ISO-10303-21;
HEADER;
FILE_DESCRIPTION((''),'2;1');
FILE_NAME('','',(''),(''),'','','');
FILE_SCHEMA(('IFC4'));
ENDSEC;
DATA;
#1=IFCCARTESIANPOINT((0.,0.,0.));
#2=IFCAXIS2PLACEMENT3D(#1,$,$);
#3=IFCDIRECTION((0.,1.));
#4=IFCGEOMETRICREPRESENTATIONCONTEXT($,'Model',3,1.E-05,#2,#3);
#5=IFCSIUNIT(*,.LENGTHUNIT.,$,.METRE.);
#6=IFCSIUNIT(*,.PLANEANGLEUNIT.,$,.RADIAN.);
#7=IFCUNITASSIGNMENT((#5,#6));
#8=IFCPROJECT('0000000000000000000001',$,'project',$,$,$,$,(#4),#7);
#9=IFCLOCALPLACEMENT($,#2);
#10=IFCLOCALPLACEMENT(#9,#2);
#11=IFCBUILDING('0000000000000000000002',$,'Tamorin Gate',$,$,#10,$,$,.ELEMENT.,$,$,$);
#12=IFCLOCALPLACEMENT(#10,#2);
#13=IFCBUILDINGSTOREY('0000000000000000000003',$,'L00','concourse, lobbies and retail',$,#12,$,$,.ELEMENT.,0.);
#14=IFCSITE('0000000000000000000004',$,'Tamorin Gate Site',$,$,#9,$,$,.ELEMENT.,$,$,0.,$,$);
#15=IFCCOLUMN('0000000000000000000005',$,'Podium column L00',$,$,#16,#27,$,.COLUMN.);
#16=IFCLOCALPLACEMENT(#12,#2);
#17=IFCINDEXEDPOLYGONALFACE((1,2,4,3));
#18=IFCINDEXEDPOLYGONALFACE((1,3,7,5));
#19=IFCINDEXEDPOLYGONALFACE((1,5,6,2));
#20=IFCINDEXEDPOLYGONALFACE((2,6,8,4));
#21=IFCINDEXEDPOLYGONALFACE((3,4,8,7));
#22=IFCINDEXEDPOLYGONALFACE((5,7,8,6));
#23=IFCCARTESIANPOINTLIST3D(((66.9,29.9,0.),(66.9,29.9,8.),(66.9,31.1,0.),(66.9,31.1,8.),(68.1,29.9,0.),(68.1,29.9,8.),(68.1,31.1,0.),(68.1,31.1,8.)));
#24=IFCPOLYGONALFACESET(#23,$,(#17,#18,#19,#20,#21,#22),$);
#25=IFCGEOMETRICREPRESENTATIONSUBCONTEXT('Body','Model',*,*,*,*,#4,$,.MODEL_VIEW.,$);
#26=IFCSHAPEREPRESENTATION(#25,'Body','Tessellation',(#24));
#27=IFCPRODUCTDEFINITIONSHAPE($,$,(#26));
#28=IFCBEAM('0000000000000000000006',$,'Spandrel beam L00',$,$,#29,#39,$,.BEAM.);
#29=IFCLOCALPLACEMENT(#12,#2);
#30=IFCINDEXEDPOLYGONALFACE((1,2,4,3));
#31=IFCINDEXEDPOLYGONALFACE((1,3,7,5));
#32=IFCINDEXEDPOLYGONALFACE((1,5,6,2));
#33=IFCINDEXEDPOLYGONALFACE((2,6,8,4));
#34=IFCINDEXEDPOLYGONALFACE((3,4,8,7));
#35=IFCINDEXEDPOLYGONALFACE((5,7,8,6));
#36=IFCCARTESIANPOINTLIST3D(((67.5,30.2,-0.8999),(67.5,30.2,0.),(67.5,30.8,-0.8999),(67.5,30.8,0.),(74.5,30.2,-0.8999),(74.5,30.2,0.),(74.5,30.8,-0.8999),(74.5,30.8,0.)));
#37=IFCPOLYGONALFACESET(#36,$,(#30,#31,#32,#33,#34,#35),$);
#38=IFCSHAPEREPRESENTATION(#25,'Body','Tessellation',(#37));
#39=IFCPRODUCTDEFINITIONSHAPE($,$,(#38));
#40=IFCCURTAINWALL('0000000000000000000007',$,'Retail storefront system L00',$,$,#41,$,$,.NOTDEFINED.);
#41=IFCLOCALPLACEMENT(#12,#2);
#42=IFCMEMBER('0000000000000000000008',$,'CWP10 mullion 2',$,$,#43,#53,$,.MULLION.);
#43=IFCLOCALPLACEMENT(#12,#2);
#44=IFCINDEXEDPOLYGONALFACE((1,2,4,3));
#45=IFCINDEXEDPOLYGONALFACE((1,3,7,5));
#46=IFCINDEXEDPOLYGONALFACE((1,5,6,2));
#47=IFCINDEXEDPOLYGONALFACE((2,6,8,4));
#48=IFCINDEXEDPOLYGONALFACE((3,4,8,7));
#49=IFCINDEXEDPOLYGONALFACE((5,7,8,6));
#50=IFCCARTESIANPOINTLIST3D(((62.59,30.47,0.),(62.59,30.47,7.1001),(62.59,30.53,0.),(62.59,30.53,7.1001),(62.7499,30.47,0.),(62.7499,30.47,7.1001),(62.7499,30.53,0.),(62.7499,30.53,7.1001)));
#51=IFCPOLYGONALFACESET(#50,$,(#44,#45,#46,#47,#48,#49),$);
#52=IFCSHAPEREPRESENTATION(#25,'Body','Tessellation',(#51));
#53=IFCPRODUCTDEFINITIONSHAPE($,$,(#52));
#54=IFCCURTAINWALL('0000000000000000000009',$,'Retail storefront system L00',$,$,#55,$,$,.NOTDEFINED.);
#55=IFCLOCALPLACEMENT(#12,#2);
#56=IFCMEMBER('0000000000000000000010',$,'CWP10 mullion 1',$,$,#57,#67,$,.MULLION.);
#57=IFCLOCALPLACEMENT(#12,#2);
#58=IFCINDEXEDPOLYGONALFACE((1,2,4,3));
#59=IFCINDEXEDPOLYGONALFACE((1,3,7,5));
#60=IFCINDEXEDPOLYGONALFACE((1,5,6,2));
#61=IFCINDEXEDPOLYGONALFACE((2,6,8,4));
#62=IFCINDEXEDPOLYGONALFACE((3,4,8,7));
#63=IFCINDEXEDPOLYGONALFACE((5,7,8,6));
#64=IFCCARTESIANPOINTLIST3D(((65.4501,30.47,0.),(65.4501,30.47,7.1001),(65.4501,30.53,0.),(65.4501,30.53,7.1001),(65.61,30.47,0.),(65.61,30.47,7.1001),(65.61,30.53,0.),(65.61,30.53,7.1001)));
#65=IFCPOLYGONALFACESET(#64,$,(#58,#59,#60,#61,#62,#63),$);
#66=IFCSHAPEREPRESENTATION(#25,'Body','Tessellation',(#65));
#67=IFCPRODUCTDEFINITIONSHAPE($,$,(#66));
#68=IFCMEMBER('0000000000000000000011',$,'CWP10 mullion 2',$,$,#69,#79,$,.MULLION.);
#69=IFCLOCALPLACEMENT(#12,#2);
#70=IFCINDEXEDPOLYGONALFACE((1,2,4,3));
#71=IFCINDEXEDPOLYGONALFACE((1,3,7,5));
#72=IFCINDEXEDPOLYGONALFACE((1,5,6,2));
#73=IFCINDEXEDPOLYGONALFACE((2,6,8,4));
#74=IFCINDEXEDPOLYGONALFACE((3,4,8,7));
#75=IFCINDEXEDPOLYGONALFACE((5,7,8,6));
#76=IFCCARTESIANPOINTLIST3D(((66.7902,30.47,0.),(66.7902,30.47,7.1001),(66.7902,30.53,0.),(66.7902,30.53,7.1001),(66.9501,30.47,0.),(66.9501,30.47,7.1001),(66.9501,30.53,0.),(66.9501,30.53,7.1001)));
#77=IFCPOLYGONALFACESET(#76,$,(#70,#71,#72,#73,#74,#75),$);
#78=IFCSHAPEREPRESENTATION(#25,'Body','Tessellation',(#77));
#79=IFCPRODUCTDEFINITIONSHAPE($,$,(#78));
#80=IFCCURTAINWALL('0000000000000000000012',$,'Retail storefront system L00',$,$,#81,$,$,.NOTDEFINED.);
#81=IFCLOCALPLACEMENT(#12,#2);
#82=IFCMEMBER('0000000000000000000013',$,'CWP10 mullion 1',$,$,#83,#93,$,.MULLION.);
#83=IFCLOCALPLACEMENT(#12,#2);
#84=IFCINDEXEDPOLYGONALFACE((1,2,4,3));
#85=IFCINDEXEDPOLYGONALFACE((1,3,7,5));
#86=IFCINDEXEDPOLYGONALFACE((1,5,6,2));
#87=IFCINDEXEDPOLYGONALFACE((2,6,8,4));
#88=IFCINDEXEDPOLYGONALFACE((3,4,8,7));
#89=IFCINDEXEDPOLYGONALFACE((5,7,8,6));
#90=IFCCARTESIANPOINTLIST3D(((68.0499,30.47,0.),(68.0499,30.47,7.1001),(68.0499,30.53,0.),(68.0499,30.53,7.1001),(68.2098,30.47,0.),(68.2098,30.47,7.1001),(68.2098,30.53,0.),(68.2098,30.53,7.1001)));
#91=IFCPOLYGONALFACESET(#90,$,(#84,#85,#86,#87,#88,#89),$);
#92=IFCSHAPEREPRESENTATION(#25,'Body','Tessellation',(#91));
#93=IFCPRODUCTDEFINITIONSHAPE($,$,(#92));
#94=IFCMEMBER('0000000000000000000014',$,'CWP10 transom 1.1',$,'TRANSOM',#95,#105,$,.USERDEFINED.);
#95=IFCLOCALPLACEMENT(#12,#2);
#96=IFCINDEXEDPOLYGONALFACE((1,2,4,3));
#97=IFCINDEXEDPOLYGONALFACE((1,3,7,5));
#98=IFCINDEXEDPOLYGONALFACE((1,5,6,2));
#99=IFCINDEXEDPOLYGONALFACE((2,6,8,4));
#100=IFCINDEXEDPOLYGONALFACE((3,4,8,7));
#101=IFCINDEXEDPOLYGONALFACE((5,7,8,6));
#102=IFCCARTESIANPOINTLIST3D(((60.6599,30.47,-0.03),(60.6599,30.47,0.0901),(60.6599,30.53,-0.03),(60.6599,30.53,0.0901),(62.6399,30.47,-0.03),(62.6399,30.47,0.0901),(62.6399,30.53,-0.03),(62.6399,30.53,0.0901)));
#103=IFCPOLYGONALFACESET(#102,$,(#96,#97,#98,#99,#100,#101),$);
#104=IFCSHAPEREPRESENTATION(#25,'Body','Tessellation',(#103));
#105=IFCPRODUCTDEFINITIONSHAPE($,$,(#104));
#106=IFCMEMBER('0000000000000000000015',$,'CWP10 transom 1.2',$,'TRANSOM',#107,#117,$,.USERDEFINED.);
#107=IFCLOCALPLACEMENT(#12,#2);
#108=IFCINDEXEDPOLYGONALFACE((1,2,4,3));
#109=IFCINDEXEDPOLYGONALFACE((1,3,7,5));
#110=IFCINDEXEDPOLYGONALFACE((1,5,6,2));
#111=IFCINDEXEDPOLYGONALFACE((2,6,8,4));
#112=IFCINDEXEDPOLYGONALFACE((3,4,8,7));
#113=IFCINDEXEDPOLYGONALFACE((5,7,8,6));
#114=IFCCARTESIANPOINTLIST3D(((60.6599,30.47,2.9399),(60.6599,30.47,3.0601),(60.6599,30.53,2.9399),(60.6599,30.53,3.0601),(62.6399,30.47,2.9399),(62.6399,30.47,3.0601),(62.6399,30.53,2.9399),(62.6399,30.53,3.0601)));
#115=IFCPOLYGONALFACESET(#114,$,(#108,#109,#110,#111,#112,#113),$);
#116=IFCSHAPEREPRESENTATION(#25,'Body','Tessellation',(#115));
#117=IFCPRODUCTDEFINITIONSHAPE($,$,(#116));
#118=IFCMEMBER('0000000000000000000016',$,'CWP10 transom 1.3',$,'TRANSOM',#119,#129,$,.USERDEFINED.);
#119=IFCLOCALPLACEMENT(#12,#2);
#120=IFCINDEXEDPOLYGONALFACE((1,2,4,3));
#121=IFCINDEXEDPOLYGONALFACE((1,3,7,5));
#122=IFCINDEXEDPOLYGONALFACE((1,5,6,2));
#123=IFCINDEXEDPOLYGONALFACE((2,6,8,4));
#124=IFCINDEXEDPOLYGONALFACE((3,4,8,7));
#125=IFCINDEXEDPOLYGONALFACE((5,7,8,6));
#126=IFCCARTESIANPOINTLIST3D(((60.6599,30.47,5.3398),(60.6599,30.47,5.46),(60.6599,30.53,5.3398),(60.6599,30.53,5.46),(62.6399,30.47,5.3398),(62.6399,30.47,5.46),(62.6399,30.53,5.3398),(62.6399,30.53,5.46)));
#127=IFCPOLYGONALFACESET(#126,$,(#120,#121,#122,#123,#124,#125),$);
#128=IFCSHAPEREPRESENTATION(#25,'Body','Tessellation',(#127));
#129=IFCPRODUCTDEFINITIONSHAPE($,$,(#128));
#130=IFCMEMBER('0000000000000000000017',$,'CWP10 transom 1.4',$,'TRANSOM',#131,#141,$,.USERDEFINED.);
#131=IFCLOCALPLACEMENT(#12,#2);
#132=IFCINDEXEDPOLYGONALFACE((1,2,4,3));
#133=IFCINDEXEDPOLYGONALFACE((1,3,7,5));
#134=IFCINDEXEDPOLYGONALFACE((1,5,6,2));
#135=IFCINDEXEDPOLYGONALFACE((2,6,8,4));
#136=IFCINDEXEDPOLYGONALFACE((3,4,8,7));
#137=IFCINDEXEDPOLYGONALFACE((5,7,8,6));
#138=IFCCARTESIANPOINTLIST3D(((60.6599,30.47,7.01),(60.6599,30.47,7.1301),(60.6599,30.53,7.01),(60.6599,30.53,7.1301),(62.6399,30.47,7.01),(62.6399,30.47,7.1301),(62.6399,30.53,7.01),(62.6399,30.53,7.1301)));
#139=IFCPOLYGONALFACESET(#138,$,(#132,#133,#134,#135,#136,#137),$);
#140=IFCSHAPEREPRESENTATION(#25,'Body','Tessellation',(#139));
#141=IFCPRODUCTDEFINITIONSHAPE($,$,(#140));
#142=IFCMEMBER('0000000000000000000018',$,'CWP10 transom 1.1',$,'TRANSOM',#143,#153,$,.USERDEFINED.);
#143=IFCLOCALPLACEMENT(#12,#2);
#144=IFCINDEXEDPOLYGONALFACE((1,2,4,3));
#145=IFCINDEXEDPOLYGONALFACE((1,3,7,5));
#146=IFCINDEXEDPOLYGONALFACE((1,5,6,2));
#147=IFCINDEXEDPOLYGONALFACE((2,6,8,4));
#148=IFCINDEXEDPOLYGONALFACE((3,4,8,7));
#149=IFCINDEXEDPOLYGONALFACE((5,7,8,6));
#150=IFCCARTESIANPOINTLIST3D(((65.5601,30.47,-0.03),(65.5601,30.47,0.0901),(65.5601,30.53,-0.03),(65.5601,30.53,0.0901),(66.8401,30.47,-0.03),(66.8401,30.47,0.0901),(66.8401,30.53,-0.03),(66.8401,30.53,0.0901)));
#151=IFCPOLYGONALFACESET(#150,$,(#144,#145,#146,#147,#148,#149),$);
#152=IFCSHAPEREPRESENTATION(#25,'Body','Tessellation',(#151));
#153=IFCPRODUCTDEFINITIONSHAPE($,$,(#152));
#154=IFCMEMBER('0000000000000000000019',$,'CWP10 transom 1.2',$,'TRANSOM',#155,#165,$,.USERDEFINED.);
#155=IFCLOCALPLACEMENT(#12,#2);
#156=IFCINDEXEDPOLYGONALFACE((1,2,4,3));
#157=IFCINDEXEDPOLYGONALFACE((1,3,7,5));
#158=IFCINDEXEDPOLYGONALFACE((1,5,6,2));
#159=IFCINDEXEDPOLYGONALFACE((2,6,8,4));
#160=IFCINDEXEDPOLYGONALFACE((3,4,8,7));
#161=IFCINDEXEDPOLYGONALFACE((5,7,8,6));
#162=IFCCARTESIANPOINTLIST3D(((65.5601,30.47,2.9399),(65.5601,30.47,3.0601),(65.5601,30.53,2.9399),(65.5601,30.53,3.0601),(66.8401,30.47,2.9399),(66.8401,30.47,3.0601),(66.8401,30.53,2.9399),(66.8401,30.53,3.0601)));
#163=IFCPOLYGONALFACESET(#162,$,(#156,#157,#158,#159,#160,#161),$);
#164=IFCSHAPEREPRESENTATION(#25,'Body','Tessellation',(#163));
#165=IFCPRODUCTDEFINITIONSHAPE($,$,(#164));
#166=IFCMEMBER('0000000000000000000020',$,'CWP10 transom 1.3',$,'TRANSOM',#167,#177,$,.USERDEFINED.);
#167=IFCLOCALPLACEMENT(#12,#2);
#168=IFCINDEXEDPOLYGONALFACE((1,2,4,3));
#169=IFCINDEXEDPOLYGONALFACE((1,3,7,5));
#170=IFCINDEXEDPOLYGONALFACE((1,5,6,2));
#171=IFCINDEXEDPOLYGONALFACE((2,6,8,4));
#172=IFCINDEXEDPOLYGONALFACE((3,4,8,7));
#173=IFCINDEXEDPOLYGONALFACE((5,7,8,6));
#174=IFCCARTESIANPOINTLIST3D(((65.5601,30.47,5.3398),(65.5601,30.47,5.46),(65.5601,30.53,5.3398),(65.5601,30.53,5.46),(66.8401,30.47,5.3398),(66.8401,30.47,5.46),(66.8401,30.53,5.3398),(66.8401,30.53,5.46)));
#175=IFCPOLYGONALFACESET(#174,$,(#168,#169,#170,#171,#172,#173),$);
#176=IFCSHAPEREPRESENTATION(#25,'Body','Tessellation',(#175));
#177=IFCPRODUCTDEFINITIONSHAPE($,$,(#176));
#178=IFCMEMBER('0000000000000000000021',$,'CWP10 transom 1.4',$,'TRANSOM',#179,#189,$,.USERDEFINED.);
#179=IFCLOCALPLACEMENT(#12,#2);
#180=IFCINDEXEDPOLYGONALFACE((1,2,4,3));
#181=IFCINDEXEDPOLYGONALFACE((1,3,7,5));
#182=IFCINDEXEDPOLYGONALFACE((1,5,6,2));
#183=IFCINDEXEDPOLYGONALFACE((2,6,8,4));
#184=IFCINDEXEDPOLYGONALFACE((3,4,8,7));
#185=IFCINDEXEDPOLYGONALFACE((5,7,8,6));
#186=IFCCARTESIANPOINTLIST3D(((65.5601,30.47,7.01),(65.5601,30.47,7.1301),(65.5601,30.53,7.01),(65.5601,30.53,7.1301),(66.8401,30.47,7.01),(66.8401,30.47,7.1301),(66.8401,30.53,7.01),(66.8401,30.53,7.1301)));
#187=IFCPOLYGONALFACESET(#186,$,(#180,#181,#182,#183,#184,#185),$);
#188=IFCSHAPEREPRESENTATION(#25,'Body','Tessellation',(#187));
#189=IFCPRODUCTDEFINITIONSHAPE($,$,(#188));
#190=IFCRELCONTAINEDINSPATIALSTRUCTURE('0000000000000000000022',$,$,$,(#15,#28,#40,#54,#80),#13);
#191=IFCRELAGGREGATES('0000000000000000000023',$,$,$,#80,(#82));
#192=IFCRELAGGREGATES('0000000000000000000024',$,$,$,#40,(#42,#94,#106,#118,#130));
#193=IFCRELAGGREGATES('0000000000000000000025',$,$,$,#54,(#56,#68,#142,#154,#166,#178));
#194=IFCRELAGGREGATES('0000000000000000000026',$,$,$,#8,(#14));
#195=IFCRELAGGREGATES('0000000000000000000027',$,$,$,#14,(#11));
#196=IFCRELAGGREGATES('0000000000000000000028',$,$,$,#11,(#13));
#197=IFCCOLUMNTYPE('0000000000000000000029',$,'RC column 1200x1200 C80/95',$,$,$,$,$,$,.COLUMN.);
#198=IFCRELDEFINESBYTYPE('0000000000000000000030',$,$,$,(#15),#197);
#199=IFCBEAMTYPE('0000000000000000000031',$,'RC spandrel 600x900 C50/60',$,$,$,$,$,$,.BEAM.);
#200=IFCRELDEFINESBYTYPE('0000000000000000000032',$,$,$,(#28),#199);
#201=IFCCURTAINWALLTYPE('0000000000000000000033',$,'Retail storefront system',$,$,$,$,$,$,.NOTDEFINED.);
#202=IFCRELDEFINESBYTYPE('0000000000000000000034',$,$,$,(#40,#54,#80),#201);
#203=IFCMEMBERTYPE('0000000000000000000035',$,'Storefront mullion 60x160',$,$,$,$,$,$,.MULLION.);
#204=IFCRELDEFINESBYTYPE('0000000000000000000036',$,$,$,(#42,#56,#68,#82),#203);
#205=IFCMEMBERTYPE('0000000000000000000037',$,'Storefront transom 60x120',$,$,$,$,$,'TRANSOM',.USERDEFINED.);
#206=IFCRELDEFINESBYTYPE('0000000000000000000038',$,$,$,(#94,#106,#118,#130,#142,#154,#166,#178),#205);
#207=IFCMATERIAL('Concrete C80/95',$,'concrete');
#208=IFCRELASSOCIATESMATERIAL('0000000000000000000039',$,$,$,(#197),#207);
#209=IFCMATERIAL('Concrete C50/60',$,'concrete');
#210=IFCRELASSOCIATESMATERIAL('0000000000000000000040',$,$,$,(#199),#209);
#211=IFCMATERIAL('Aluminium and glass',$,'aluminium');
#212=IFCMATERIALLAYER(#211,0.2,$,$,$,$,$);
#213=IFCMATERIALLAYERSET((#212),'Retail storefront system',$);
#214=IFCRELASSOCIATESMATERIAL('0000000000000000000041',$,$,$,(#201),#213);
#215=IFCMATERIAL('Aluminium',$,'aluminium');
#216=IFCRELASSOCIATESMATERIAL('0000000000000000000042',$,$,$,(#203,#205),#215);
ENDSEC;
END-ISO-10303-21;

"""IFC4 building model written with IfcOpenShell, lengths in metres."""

from ifc_helpers import new_model, si_unit, direction, frame, origin, origin_2d, place, context, subcontext, project, spatial, rectangle, extrude, material, layer, layer_set, material_profile, profile_set, type_object, element, aggregate, save


model = new_model("IFC4")

# Units and contexts
model_context = context("Model", 3, precision=1e-05, world=origin(), true_north=direction((0.0, 1.0)))
body_context = subcontext(model_context, "Body", "Model", "MODEL_VIEW")
ifc_project = project(units=[si_unit("LENGTHUNIT", "METRE"), si_unit("PLANEANGLEUNIT", "RADIAN")], contexts=[model_context])

# Site, building, storey
site_placement = place(None, origin())
site = spatial("IfcSite", under=ifc_project, at=site_placement, Name="Tamorin Gate Site", CompositionType="ELEMENT", RefElevation=0.0)
building_placement = place(site_placement, origin())
building = spatial("IfcBuilding", under=site, at=building_placement, Name="Tamorin Gate", CompositionType="ELEMENT")
storey_placement = place(building_placement, origin())
storey = spatial("IfcBuildingStorey", under=building, at=storey_placement, Name="L00", Description="concourse, lobbies and retail", CompositionType="ELEMENT", Elevation=0.0)

# Column
ifc_material_1 = material(Name="Concrete C80/95", Category="concrete")
ifc_material_profile_1 = material_profile(ifc_material_1, rectangle(XDim=1.2, YDim=1.2, at=origin_2d()), Name="RC 1200x1200")
ifc_profile_set_1 = profile_set([ifc_material_profile_1], Name="Concrete C80/95")
column_type = type_object("IfcColumnType", Name="RC column 1200x1200 C80/95", PredefinedType="COLUMN", material=ifc_profile_set_1)
column_placement = place(storey_placement, frame((67.5, 30.5, 0.0), z_axis=(0.0, 0.0, 1.0), x_axis=(1.0, 0.0, 0.0)))
element("IfcColumn", 1, at=column_placement, inside=storey, type_object=column_type, Name="Podium column L00", PredefinedType="COLUMN", context=body_context, shape_type="SweptSolid", body=[
    extrude(rectangle(XDim=1.2, YDim=1.2, at=origin_2d()), origin(), (0.0, 0.0, 1.0), 8.0),
])

# Beam
ifc_material_2 = material(Name="Concrete C50/60", Category="concrete")
ifc_material_profile_2 = material_profile(ifc_material_2, rectangle(XDim=0.6001, YDim=0.8999, at=origin_2d()), Name="RC 600x900")
ifc_profile_set_2 = profile_set([ifc_material_profile_2], Name="Concrete C50/60")
beam_type = type_object("IfcBeamType", Name="RC spandrel 600x900 C50/60", PredefinedType="BEAM", material=ifc_profile_set_2)
beam_placement = place(storey_placement, frame((67.5, 30.5, -0.45), z_axis=(1.0, 0.0, 0.0), x_axis=(0.0, 1.0, 0.0)))
element("IfcBeam", 2, at=beam_placement, inside=storey, type_object=beam_type, Name="Spandrel beam L00", PredefinedType="BEAM", context=body_context, shape_type="SweptSolid", body=[
    extrude(rectangle(XDim=0.6001, YDim=0.8999, at=origin_2d()), origin(), (0.0, 0.0, 1.0), 7.0),
])

# Curtain wall, member
ifc_material_3 = material(Name="Aluminium and glass", Category="aluminium")
ifc_layer_1 = layer(ifc_material_3, 0.2)
ifc_layer_set_1 = layer_set([ifc_layer_1], Name="Retail storefront system")
curtain_wall_type = type_object("IfcCurtainWallType", Name="Retail storefront system", PredefinedType="NOTDEFINED", material=ifc_layer_set_1)
curtain_wall_1_placement = place(storey_placement, origin())
curtain_wall_1 = element("IfcCurtainWall", 3, at=curtain_wall_1_placement, inside=storey, type_object=curtain_wall_type, Name="Retail storefront system L00", PredefinedType="NOTDEFINED")
ifc_material_4 = material(Name="Aluminium", Category="aluminium")
ifc_material_profile_3 = material_profile(ifc_material_4, rectangle(XDim=0.0601, YDim=0.1599, at=origin_2d()), Name="RECT 60x160")
ifc_profile_set_3 = profile_set([ifc_material_profile_3], Name="Aluminium")
member_type_1 = type_object("IfcMemberType", Name="Storefront mullion 60x160", PredefinedType="MULLION", material=ifc_profile_set_3)
member_1_placement = place(storey_placement, frame((62.6699, 30.5, 0.0), z_axis=(0.0, 0.0, 1.0), x_axis=(0.0, 1.0, 0.0)))
member_1 = element("IfcMember", 4, at=member_1_placement, type_object=member_type_1, Name="CWP10 mullion 2", PredefinedType="MULLION", context=body_context, shape_type="SweptSolid", body=[
    extrude(rectangle(XDim=0.0601, YDim=0.1599, at=origin_2d()), origin(), (0.0, 0.0, 1.0), 7.1001),
])

# Curtain wall, members
curtain_wall_2_placement = place(storey_placement, origin())
curtain_wall_2 = element("IfcCurtainWall", 5, at=curtain_wall_2_placement, inside=storey, type_object=curtain_wall_type, Name="Retail storefront system L00", PredefinedType="NOTDEFINED")
member_2_placement = place(storey_placement, frame((65.53, 30.5, 0.0), z_axis=(0.0, 0.0, 1.0), x_axis=(0.0, 1.0, 0.0)))
member_2 = element("IfcMember", 6, at=member_2_placement, type_object=member_type_1, Name="CWP10 mullion 1", PredefinedType="MULLION", context=body_context, shape_type="SweptSolid", body=[
    extrude(rectangle(XDim=0.0601, YDim=0.1599, at=origin_2d()), origin(), (0.0, 0.0, 1.0), 7.1001),
])
member_3_placement = place(storey_placement, frame((66.8701, 30.5, 0.0), z_axis=(0.0, 0.0, 1.0), x_axis=(0.0, 1.0, 0.0)))
member_3 = element("IfcMember", 7, at=member_3_placement, type_object=member_type_1, Name="CWP10 mullion 2", PredefinedType="MULLION", context=body_context, shape_type="SweptSolid", body=[
    extrude(rectangle(XDim=0.0601, YDim=0.1599, at=origin_2d()), origin(), (0.0, 0.0, 1.0), 7.1001),
])

# Curtain wall, member
curtain_wall_3_placement = place(storey_placement, origin())
curtain_wall_3 = element("IfcCurtainWall", 8, at=curtain_wall_3_placement, inside=storey, type_object=curtain_wall_type, Name="Retail storefront system L00", PredefinedType="NOTDEFINED")
member_4_placement = place(storey_placement, frame((68.1299, 30.5, 0.0), z_axis=(0.0, 0.0, 1.0), x_axis=(0.0, 1.0, 0.0)))
member_4 = element("IfcMember", 9, at=member_4_placement, type_object=member_type_1, Name="CWP10 mullion 1", PredefinedType="MULLION", context=body_context, shape_type="SweptSolid", body=[
    extrude(rectangle(XDim=0.0601, YDim=0.1599, at=origin_2d()), origin(), (0.0, 0.0, 1.0), 7.1001),
])

# Members
ifc_material_profile_4 = material_profile(ifc_material_4, rectangle(XDim=0.0601, YDim=0.1201, at=origin_2d()), Name="RECT 60x120")
ifc_profile_set_4 = profile_set([ifc_material_profile_4], Name="Aluminium")
member_type_2 = type_object("IfcMemberType", Name="Storefront transom 60x120", ElementType="TRANSOM", PredefinedType="USERDEFINED", material=ifc_profile_set_4)
member_5_placement = place(storey_placement, frame((60.6599, 30.5, 0.03), z_axis=(1.0, 0.0, 0.0), x_axis=(0.0, 1.0, 0.0)))
member_5 = element("IfcMember", 10, at=member_5_placement, type_object=member_type_2, Name="CWP10 transom 1.1", ObjectType="TRANSOM", PredefinedType="USERDEFINED", context=body_context, shape_type="SweptSolid", body=[
    extrude(rectangle(XDim=0.0601, YDim=0.1201, at=origin_2d()), origin(), (0.0, 0.0, 1.0), 1.98),
])
member_6_placement = place(storey_placement, frame((60.6599, 30.5, 3.0), z_axis=(1.0, 0.0, 0.0), x_axis=(0.0, 1.0, 0.0)))
member_6 = element("IfcMember", 11, at=member_6_placement, type_object=member_type_2, Name="CWP10 transom 1.2", ObjectType="TRANSOM", PredefinedType="USERDEFINED", context=body_context, shape_type="SweptSolid", body=[
    extrude(rectangle(XDim=0.0601, YDim=0.1201, at=origin_2d()), origin(), (0.0, 0.0, 1.0), 1.98),
])
member_7_placement = place(storey_placement, frame((60.6599, 30.5, 5.3999), z_axis=(1.0, 0.0, 0.0), x_axis=(0.0, 1.0, 0.0)))
member_7 = element("IfcMember", 12, at=member_7_placement, type_object=member_type_2, Name="CWP10 transom 1.3", ObjectType="TRANSOM", PredefinedType="USERDEFINED", context=body_context, shape_type="SweptSolid", body=[
    extrude(rectangle(XDim=0.0601, YDim=0.1201, at=origin_2d()), origin(), (0.0, 0.0, 1.0), 1.98),
])
member_8_placement = place(storey_placement, frame((60.6599, 30.5, 7.0701), z_axis=(1.0, 0.0, 0.0), x_axis=(0.0, 1.0, 0.0)))
member_8 = element("IfcMember", 13, at=member_8_placement, type_object=member_type_2, Name="CWP10 transom 1.4", ObjectType="TRANSOM", PredefinedType="USERDEFINED", context=body_context, shape_type="SweptSolid", body=[
    extrude(rectangle(XDim=0.0601, YDim=0.1201, at=origin_2d()), origin(), (0.0, 0.0, 1.0), 1.98),
])
member_9_placement = place(storey_placement, frame((65.5601, 30.5, 0.03), z_axis=(1.0, 0.0, 0.0), x_axis=(0.0, 1.0, 0.0)))
member_9 = element("IfcMember", 14, at=member_9_placement, type_object=member_type_2, Name="CWP10 transom 1.1", ObjectType="TRANSOM", PredefinedType="USERDEFINED", context=body_context, shape_type="SweptSolid", body=[
    extrude(rectangle(XDim=0.0601, YDim=0.1201, at=origin_2d()), origin(), (0.0, 0.0, 1.0), 1.28),
])
member_10_placement = place(storey_placement, frame((65.5601, 30.5, 3.0), z_axis=(1.0, 0.0, 0.0), x_axis=(0.0, 1.0, 0.0)))
member_10 = element("IfcMember", 15, at=member_10_placement, type_object=member_type_2, Name="CWP10 transom 1.2", ObjectType="TRANSOM", PredefinedType="USERDEFINED", context=body_context, shape_type="SweptSolid", body=[
    extrude(rectangle(XDim=0.0601, YDim=0.1201, at=origin_2d()), origin(), (0.0, 0.0, 1.0), 1.28),
])
member_11_placement = place(storey_placement, frame((65.5601, 30.5, 5.3999), z_axis=(1.0, 0.0, 0.0), x_axis=(0.0, 1.0, 0.0)))
member_11 = element("IfcMember", 16, at=member_11_placement, type_object=member_type_2, Name="CWP10 transom 1.3", ObjectType="TRANSOM", PredefinedType="USERDEFINED", context=body_context, shape_type="SweptSolid", body=[
    extrude(rectangle(XDim=0.0601, YDim=0.1201, at=origin_2d()), origin(), (0.0, 0.0, 1.0), 1.28),
])
member_12_placement = place(storey_placement, frame((65.5601, 30.5, 7.0701), z_axis=(1.0, 0.0, 0.0), x_axis=(0.0, 1.0, 0.0)))
member_12 = element("IfcMember", 17, at=member_12_placement, type_object=member_type_2, Name="CWP10 transom 1.4", ObjectType="TRANSOM", PredefinedType="USERDEFINED", context=body_context, shape_type="SweptSolid", body=[
    extrude(rectangle(XDim=0.0601, YDim=0.1201, at=origin_2d()), origin(), (0.0, 0.0, 1.0), 1.28),
])
aggregate(curtain_wall_3, [member_4])

aggregate(curtain_wall_1, [member_1, member_5, member_6, member_7, member_8])
aggregate(curtain_wall_2, [member_2, member_3, member_9, member_10, member_11, member_12])

save(model, "model.ifc")
